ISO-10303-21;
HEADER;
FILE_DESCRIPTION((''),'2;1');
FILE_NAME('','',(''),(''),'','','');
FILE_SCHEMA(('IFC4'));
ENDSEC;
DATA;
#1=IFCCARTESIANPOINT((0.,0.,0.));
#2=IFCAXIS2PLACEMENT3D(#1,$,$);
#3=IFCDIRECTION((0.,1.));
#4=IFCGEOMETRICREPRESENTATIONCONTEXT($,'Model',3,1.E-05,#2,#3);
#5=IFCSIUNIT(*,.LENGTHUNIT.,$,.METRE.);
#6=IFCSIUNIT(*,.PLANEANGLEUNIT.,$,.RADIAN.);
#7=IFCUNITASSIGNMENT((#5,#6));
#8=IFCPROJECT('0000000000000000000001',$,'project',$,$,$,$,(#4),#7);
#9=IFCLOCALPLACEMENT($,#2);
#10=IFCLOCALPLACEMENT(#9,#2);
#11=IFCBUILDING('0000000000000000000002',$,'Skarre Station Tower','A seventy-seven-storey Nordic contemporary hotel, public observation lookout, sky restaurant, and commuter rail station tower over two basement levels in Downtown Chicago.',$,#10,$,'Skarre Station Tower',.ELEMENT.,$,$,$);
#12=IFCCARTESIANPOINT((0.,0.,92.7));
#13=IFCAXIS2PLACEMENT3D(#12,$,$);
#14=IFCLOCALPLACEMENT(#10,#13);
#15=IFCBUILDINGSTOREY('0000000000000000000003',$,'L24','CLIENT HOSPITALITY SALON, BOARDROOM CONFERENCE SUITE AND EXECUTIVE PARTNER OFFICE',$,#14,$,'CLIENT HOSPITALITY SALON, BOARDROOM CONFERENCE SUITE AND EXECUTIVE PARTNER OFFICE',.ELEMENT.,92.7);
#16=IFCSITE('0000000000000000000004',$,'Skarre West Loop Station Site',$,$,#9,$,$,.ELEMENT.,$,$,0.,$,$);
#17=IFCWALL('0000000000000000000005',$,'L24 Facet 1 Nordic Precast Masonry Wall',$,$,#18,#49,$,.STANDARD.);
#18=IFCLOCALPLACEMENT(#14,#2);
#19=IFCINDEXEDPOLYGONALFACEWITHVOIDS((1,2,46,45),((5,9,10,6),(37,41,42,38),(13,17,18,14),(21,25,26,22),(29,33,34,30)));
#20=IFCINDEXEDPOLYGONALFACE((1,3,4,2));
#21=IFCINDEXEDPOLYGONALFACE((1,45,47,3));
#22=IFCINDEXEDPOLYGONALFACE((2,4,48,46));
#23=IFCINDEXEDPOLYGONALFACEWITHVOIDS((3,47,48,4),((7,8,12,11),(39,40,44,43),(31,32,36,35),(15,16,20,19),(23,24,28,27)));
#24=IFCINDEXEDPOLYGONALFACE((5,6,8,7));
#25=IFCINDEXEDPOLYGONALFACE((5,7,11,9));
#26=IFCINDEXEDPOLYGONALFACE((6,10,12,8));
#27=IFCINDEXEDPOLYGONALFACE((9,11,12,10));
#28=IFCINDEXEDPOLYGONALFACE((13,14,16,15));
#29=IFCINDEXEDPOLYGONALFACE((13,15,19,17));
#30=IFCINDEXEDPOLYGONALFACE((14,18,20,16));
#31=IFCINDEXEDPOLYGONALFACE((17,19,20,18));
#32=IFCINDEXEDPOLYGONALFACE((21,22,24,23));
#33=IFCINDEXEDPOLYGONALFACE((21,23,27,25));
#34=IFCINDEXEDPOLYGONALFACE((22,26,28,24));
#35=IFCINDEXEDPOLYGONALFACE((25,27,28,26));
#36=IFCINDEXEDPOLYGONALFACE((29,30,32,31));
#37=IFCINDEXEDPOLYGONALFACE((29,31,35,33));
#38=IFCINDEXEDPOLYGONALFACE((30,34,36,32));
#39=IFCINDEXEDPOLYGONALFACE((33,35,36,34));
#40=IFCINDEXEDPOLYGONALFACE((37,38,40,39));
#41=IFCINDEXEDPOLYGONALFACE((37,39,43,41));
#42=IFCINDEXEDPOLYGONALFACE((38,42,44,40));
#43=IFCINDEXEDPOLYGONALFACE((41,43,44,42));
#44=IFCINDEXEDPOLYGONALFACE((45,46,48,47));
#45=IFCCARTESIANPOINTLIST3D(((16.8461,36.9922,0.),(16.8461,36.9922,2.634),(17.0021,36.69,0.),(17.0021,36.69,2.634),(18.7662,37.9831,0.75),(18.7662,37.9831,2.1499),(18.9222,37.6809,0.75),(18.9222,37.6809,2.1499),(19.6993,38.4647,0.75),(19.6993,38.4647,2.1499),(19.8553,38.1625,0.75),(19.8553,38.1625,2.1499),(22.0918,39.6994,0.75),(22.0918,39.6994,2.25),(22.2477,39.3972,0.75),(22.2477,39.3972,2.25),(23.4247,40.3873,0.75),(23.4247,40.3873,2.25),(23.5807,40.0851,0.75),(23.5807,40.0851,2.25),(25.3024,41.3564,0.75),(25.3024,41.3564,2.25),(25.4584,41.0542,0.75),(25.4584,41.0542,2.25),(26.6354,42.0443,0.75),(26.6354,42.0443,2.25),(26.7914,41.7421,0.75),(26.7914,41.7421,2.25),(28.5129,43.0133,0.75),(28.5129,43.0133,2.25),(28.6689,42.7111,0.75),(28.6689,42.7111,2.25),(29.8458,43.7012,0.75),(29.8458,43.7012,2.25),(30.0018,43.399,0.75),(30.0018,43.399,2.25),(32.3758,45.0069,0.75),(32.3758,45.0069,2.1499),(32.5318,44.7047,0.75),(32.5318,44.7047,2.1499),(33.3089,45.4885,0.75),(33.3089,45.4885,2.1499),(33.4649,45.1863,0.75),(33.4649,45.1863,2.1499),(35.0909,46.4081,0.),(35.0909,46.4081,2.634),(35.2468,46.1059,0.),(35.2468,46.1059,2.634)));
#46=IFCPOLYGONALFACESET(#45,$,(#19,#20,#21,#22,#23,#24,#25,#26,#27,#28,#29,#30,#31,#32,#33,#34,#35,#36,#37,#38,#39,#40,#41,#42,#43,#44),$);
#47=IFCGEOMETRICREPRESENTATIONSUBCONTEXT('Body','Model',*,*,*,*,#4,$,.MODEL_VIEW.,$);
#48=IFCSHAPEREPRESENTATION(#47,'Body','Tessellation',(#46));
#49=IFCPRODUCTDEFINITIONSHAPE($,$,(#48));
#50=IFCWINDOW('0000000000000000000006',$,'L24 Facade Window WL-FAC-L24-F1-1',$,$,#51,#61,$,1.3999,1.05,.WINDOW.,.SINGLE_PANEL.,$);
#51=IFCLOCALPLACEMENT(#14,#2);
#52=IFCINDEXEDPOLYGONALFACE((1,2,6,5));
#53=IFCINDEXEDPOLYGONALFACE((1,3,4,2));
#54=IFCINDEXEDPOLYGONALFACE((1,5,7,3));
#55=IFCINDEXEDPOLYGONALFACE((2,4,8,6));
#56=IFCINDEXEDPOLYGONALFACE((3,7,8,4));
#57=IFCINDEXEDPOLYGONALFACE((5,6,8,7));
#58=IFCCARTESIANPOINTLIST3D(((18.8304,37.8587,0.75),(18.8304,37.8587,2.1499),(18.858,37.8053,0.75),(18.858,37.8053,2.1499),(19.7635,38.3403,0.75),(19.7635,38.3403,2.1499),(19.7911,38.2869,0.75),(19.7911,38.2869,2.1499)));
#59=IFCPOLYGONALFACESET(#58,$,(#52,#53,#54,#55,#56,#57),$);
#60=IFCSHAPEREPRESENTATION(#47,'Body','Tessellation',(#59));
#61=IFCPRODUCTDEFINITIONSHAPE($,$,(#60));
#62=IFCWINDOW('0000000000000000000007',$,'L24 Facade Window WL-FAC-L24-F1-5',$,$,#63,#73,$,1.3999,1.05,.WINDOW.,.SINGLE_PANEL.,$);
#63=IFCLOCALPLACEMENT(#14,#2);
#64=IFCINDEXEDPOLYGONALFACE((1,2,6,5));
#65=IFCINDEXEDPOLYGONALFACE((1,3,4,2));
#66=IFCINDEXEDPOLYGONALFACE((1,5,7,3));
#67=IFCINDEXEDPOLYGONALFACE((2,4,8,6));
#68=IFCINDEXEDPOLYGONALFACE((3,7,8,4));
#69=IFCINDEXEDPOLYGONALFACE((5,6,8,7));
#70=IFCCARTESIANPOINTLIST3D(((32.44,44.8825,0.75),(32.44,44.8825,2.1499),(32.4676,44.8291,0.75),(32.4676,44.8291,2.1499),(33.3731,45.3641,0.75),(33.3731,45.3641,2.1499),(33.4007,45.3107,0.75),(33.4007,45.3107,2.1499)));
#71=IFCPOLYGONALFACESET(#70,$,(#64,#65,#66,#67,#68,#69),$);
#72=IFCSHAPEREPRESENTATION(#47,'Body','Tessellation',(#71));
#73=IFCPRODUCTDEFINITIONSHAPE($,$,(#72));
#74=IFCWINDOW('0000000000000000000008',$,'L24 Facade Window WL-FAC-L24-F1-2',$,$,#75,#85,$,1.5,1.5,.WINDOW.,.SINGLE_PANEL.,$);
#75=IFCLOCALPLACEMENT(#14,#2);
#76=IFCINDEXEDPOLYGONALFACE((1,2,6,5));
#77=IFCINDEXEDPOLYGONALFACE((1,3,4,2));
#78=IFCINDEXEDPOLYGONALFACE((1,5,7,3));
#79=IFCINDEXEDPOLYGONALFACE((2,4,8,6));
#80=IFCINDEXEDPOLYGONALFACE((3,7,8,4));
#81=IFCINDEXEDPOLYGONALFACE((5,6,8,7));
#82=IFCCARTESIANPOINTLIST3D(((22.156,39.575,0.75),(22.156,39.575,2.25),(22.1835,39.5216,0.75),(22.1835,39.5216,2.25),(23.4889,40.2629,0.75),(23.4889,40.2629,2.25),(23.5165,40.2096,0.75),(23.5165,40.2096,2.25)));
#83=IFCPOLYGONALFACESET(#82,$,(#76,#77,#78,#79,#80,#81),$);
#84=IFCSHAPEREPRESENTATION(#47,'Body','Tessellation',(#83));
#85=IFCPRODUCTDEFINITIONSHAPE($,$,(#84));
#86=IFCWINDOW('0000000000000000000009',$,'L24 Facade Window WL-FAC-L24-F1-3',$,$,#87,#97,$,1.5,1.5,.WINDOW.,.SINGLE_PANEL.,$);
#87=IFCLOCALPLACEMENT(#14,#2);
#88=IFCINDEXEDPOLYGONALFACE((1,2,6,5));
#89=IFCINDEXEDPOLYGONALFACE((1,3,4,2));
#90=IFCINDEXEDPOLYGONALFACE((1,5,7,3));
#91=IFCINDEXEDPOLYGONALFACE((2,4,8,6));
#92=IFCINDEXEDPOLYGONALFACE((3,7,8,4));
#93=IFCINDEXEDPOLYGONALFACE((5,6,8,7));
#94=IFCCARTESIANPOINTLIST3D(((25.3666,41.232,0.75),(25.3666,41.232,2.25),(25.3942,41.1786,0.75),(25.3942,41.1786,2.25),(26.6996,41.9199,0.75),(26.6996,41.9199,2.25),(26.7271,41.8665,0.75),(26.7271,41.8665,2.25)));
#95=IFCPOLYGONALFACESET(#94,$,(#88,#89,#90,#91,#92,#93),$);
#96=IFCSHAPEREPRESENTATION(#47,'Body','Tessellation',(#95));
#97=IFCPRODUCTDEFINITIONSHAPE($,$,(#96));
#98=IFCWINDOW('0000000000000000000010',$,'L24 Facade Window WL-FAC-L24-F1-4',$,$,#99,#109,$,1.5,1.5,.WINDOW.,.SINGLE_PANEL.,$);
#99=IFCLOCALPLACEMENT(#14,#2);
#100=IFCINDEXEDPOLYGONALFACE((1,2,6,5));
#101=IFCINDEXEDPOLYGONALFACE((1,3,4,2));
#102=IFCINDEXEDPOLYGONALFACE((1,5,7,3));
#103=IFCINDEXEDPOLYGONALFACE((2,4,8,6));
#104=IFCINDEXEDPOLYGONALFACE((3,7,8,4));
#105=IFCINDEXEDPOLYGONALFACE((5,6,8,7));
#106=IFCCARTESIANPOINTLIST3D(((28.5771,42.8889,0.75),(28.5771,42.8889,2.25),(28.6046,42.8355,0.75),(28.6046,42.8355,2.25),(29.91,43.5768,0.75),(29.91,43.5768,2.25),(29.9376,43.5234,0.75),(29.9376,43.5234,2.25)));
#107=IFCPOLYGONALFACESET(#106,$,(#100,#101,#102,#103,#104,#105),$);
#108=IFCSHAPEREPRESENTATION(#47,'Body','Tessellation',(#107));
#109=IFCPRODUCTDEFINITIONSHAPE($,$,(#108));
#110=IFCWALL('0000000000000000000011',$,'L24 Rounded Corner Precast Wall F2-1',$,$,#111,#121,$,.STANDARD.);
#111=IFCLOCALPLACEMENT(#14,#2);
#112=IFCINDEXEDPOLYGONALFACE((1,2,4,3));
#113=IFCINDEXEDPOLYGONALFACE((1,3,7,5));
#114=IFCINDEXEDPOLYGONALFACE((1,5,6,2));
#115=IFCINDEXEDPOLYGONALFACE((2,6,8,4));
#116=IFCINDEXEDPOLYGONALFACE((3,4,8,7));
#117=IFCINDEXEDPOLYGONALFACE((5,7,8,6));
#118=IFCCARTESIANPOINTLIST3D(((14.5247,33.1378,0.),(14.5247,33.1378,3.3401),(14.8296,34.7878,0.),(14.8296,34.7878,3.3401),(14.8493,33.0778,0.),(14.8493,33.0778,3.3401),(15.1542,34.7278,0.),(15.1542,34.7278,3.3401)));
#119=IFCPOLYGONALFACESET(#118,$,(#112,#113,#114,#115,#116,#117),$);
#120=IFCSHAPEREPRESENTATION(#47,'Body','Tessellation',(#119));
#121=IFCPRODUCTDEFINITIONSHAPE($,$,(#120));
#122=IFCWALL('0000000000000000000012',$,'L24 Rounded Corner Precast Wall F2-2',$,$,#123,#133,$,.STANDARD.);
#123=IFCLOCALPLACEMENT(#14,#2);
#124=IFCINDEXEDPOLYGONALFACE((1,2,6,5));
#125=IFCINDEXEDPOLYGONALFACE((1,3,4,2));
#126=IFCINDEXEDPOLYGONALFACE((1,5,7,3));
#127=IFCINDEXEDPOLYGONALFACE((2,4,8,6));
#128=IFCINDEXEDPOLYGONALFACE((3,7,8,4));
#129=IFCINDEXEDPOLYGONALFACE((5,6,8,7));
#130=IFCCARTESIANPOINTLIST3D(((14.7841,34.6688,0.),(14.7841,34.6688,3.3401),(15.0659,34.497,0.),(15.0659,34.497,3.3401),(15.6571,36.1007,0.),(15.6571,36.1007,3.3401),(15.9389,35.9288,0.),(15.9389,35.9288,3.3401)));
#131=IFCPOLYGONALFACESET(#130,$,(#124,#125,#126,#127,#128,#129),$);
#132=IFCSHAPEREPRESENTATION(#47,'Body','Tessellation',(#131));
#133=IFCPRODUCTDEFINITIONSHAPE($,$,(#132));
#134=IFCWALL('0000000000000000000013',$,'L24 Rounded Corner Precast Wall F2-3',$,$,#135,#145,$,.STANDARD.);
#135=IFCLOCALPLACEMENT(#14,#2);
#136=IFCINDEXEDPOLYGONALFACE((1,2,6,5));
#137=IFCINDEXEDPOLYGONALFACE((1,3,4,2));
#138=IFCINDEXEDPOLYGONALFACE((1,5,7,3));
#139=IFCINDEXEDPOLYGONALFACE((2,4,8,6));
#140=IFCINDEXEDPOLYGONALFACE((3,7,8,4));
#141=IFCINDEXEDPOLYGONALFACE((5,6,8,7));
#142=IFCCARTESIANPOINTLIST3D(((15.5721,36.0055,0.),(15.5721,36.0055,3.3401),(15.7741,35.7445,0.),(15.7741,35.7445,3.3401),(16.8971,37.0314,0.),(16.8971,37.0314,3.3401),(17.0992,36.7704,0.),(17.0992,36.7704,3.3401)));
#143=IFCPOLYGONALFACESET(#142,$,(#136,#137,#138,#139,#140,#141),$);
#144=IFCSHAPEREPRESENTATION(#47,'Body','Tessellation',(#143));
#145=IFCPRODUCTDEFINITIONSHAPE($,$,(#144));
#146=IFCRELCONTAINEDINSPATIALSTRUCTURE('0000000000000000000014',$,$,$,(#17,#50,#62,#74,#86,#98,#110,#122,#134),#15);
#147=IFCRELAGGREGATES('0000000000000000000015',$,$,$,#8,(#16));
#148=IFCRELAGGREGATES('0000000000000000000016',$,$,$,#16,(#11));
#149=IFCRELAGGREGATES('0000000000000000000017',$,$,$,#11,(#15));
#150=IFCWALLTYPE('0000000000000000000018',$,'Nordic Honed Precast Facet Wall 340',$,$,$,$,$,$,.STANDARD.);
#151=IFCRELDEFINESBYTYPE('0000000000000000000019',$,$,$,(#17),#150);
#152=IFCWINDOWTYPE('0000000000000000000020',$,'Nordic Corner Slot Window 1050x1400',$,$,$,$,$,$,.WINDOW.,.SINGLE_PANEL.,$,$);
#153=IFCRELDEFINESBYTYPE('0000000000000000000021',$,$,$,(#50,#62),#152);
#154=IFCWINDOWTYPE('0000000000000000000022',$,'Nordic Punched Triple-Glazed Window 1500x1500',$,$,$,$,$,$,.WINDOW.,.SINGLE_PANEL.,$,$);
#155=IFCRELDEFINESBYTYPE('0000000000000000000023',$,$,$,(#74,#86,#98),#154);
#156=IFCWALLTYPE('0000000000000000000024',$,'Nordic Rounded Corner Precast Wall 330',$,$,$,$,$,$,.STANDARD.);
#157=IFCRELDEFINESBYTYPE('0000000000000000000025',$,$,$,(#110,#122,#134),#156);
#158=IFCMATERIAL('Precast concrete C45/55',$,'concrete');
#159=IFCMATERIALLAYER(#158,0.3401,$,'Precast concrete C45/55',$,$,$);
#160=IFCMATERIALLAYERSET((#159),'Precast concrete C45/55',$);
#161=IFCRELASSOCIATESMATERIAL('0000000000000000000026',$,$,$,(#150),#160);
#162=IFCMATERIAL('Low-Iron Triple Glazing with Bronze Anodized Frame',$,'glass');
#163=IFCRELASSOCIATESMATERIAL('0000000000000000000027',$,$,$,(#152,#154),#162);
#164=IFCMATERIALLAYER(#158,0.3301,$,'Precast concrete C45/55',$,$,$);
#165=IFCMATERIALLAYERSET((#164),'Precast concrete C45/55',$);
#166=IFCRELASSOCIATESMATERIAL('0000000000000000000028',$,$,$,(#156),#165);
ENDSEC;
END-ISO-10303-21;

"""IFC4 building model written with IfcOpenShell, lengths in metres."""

from ifc_helpers import new_model, si_unit, direction, frame, frame_2d, origin, place, context, subcontext, project, spatial, rectangle, extrude, material, layer, layer_set, type_object, element, fill, save


model = new_model("IFC4")

# Units and contexts
model_context = context("Model", 3, precision=1e-05, world=origin(), true_north=direction((0.0, 1.0)))
body_context = subcontext(model_context, "Body", "Model", "MODEL_VIEW")
ifc_project = project(units=[si_unit("LENGTHUNIT", "METRE"), si_unit("PLANEANGLEUNIT", "RADIAN")], contexts=[model_context])

# Site, building, storey
site_placement = place(None, origin())
site = spatial("IfcSite", under=ifc_project, at=site_placement, Name="Skarre West Loop Station Site", CompositionType="ELEMENT", RefElevation=0.0)
building_placement = place(site_placement, origin())
building = spatial("IfcBuilding", under=site, at=building_placement, Name="Skarre Station Tower", Description="A seventy-seven-storey Nordic contemporary hotel, public observation lookout, sky restaurant, and commuter rail station tower over two basement levels in Downtown Chicago.", LongName="Skarre Station Tower", CompositionType="ELEMENT")
storey_placement = place(building_placement, frame((0.0, 0.0, 92.7)))
storey = spatial("IfcBuildingStorey", under=building, at=storey_placement, Name="L24", Description="CLIENT HOSPITALITY SALON, BOARDROOM CONFERENCE SUITE AND EXECUTIVE PARTNER OFFICE", LongName="CLIENT HOSPITALITY SALON, BOARDROOM CONFERENCE SUITE AND EXECUTIVE PARTNER OFFICE", CompositionType="ELEMENT", Elevation=92.7)

# Wall, openings, windows
ifc_material_1 = material(Name="Precast concrete C45/55", Category="concrete")
ifc_layer_1 = layer(ifc_material_1, 0.3401, Name="Precast concrete C45/55")
ifc_layer_set_1 = layer_set([ifc_layer_1], Name="Precast concrete C45/55")
wall_type_1 = type_object("IfcWallType", Name="Nordic Honed Precast Facet Wall 340", PredefinedType="STANDARD", material=ifc_layer_set_1)
wall_1_placement = place(storey_placement, frame((16.9241, 36.8411, 0.0), z_axis=(0.0, 0.0, 1.0), x_axis=(0.888634, 0.458616, 0.0)))
wall_1 = element("IfcWall", 1, at=wall_1_placement, inside=storey, type_object=wall_type_1, Name="L24 Facet 1 Nordic Precast Masonry Wall", PredefinedType="STANDARD", context=body_context, shape_type="SweptSolid", body=[
    extrude(rectangle(XDim=20.5312, YDim=0.3401, at=frame_2d((10.2656, 0.0))), origin(), (0.0, 0.0, 1.0), 2.634),
])
opening_1_placement = place(wall_1_placement, frame((2.1609, 0.0, 0.75)))
opening_1 = element("IfcOpeningElement", 2, at=opening_1_placement, cuts=wall_1, PredefinedType="OPENING", context=body_context, shape_type="SweptSolid", body=[
    extrude(rectangle(XDim=1.05, YDim=1.3999, at=frame_2d((0.5249, 0.7))), frame((0.0, 0.1799, 0.0), z_axis=(0.0, -1.0, 0.0), x_axis=(1.0, 0.0, 0.0)), (0.0, 0.0, 1.0), 0.3601),
])
opening_2_placement = place(wall_1_placement, frame((5.9031, 0.0, 0.75)))
opening_2 = element("IfcOpeningElement", 3, at=opening_2_placement, cuts=wall_1, PredefinedType="OPENING", context=body_context, shape_type="SweptSolid", body=[
    extrude(rectangle(XDim=1.5, YDim=1.5, at=frame_2d((0.75, 0.75))), frame((0.0, 0.1799, 0.0), z_axis=(0.0, -1.0, 0.0), x_axis=(1.0, 0.0, 0.0)), (0.0, 0.0, 1.0), 0.3601),
])
opening_3_placement = place(wall_1_placement, frame((9.5161, 0.0, 0.75)))
opening_3 = element("IfcOpeningElement", 4, at=opening_3_placement, cuts=wall_1, PredefinedType="OPENING", context=body_context, shape_type="SweptSolid", body=[
    extrude(rectangle(XDim=1.5, YDim=1.5, at=frame_2d((0.75, 0.75))), frame((0.0, 0.1799, 0.0), z_axis=(0.0, -1.0, 0.0), x_axis=(1.0, 0.0, 0.0)), (0.0, 0.0, 1.0), 0.3601),
])
opening_4_placement = place(wall_1_placement, frame((13.1289, 0.0, 0.75)))
opening_4 = element("IfcOpeningElement", 5, at=opening_4_placement, cuts=wall_1, PredefinedType="OPENING", context=body_context, shape_type="SweptSolid", body=[
    extrude(rectangle(XDim=1.5, YDim=1.5, at=frame_2d((0.75, 0.75))), frame((0.0, 0.1799, 0.0), z_axis=(0.0, -1.0, 0.0), x_axis=(1.0, 0.0, 0.0)), (0.0, 0.0, 1.0), 0.3601),
])
opening_5_placement = place(wall_1_placement, frame((17.4761, 0.0, 0.75)))
opening_5 = element("IfcOpeningElement", 6, at=opening_5_placement, cuts=wall_1, PredefinedType="OPENING", context=body_context, shape_type="SweptSolid", body=[
    extrude(rectangle(XDim=1.05, YDim=1.3999, at=frame_2d((0.5249, 0.7))), frame((0.0, 0.1799, 0.0), z_axis=(0.0, -1.0, 0.0), x_axis=(1.0, 0.0, 0.0)), (0.0, 0.0, 1.0), 0.3601),
])
ifc_material_2 = material(Name="Low-Iron Triple Glazing with Bronze Anodized Frame", Category="glass")
window_type_1 = type_object("IfcWindowType", Name="Nordic Corner Slot Window 1050x1400", PartitioningType="SINGLE_PANEL", PredefinedType="WINDOW", material=ifc_material_2)
window_1_placement = place(opening_1_placement, origin())
window_1 = element("IfcWindow", 7, at=window_1_placement, inside=storey, type_object=window_type_1, Name="L24 Facade Window WL-FAC-L24-F1-1", OverallHeight=1.3999, OverallWidth=1.05, PartitioningType="SINGLE_PANEL", PredefinedType="WINDOW", context=body_context, shape_type="SweptSolid", body=[
    extrude(rectangle(XDim=1.05, YDim=1.3999, at=frame_2d((0.5249, 0.7))), frame((0.0, 0.03, 0.0), z_axis=(0.0, -1.0, 0.0), x_axis=(1.0, 0.0, 0.0)), (0.0, 0.0, 1.0), 0.0601),
])
fill(opening_1, window_1)
window_2_placement = place(opening_5_placement, origin())
window_2 = element("IfcWindow", 8, at=window_2_placement, inside=storey, type_object=window_type_1, Name="L24 Facade Window WL-FAC-L24-F1-5", OverallHeight=1.3999, OverallWidth=1.05, PartitioningType="SINGLE_PANEL", PredefinedType="WINDOW", context=body_context, shape_type="SweptSolid", body=[
    extrude(rectangle(XDim=1.05, YDim=1.3999, at=frame_2d((0.5249, 0.7))), frame((0.0, 0.03, 0.0), z_axis=(0.0, -1.0, 0.0), x_axis=(1.0, 0.0, 0.0)), (0.0, 0.0, 1.0), 0.0601),
])
fill(opening_5, window_2)
window_type_2 = type_object("IfcWindowType", Name="Nordic Punched Triple-Glazed Window 1500x1500", PartitioningType="SINGLE_PANEL", PredefinedType="WINDOW", material=ifc_material_2)
window_3_placement = place(opening_2_placement, origin())
window_3 = element("IfcWindow", 9, at=window_3_placement, inside=storey, type_object=window_type_2, Name="L24 Facade Window WL-FAC-L24-F1-2", OverallHeight=1.5, OverallWidth=1.5, PartitioningType="SINGLE_PANEL", PredefinedType="WINDOW", context=body_context, shape_type="SweptSolid", body=[
    extrude(rectangle(XDim=1.5, YDim=1.5, at=frame_2d((0.75, 0.75))), frame((0.0, 0.03, 0.0), z_axis=(0.0, -1.0, 0.0), x_axis=(1.0, 0.0, 0.0)), (0.0, 0.0, 1.0), 0.0601),
])
fill(opening_2, window_3)
window_4_placement = place(opening_3_placement, origin())
window_4 = element("IfcWindow", 10, at=window_4_placement, inside=storey, type_object=window_type_2, Name="L24 Facade Window WL-FAC-L24-F1-3", OverallHeight=1.5, OverallWidth=1.5, PartitioningType="SINGLE_PANEL", PredefinedType="WINDOW", context=body_context, shape_type="SweptSolid", body=[
    extrude(rectangle(XDim=1.5, YDim=1.5, at=frame_2d((0.75, 0.75))), frame((0.0, 0.03, 0.0), z_axis=(0.0, -1.0, 0.0), x_axis=(1.0, 0.0, 0.0)), (0.0, 0.0, 1.0), 0.0601),
])
fill(opening_3, window_4)
window_5_placement = place(opening_4_placement, origin())
window_5 = element("IfcWindow", 11, at=window_5_placement, inside=storey, type_object=window_type_2, Name="L24 Facade Window WL-FAC-L24-F1-4", OverallHeight=1.5, OverallWidth=1.5, PartitioningType="SINGLE_PANEL", PredefinedType="WINDOW", context=body_context, shape_type="SweptSolid", body=[
    extrude(rectangle(XDim=1.5, YDim=1.5, at=frame_2d((0.75, 0.75))), frame((0.0, 0.03, 0.0), z_axis=(0.0, -1.0, 0.0), x_axis=(1.0, 0.0, 0.0)), (0.0, 0.0, 1.0), 0.0601),
])
fill(opening_4, window_5)

# Walls
ifc_layer_2 = layer(ifc_material_1, 0.3301, Name="Precast concrete C45/55")
ifc_layer_set_2 = layer_set([ifc_layer_2], Name="Precast concrete C45/55")
wall_type_2 = type_object("IfcWallType", Name="Nordic Rounded Corner Precast Wall 330", PredefinedType="STANDARD", material=ifc_layer_set_2)
wall_2_placement = place(storey_placement, frame((14.687, 33.1079, 0.0), z_axis=(0.0, 0.0, 1.0), x_axis=(0.181714, 0.983351, 0.0)))
element("IfcWall", 12, at=wall_2_placement, inside=storey, type_object=wall_type_2, Name="L24 Rounded Corner Precast Wall F2-1", PredefinedType="STANDARD", context=body_context, shape_type="SweptSolid", body=[
    extrude(rectangle(XDim=1.678, YDim=0.3301, at=frame_2d((0.8389, 0.0))), origin(), (0.0, 0.0, 1.0), 3.3401),
])
wall_3_placement = place(storey_placement, frame((14.925, 34.583, 0.0), z_axis=(0.0, 0.0, 1.0), x_axis=(0.520584, 0.85381, 0.0)))
element("IfcWall", 13, at=wall_3_placement, inside=storey, type_object=wall_type_2, Name="L24 Rounded Corner Precast Wall F2-2", PredefinedType="STANDARD", context=body_context, shape_type="SweptSolid", body=[
    extrude(rectangle(XDim=1.677, YDim=0.3301, at=frame_2d((0.8384, 0.0))), origin(), (0.0, 0.0, 1.0), 3.3401),
])
wall_4_placement = place(storey_placement, frame((15.6731, 35.875, 0.0), z_axis=(0.0, 0.0, 1.0), x_axis=(0.790692, 0.612214, 0.0)))
element("IfcWall", 14, at=wall_4_placement, inside=storey, type_object=wall_type_2, Name="L24 Rounded Corner Precast Wall F2-3", PredefinedType="STANDARD", context=body_context, shape_type="SweptSolid", body=[
    extrude(rectangle(XDim=1.6758, YDim=0.3301, at=frame_2d((0.8379, 0.0))), origin(), (0.0, 0.0, 1.0), 3.3401),
])

save(model, "model.ifc")
